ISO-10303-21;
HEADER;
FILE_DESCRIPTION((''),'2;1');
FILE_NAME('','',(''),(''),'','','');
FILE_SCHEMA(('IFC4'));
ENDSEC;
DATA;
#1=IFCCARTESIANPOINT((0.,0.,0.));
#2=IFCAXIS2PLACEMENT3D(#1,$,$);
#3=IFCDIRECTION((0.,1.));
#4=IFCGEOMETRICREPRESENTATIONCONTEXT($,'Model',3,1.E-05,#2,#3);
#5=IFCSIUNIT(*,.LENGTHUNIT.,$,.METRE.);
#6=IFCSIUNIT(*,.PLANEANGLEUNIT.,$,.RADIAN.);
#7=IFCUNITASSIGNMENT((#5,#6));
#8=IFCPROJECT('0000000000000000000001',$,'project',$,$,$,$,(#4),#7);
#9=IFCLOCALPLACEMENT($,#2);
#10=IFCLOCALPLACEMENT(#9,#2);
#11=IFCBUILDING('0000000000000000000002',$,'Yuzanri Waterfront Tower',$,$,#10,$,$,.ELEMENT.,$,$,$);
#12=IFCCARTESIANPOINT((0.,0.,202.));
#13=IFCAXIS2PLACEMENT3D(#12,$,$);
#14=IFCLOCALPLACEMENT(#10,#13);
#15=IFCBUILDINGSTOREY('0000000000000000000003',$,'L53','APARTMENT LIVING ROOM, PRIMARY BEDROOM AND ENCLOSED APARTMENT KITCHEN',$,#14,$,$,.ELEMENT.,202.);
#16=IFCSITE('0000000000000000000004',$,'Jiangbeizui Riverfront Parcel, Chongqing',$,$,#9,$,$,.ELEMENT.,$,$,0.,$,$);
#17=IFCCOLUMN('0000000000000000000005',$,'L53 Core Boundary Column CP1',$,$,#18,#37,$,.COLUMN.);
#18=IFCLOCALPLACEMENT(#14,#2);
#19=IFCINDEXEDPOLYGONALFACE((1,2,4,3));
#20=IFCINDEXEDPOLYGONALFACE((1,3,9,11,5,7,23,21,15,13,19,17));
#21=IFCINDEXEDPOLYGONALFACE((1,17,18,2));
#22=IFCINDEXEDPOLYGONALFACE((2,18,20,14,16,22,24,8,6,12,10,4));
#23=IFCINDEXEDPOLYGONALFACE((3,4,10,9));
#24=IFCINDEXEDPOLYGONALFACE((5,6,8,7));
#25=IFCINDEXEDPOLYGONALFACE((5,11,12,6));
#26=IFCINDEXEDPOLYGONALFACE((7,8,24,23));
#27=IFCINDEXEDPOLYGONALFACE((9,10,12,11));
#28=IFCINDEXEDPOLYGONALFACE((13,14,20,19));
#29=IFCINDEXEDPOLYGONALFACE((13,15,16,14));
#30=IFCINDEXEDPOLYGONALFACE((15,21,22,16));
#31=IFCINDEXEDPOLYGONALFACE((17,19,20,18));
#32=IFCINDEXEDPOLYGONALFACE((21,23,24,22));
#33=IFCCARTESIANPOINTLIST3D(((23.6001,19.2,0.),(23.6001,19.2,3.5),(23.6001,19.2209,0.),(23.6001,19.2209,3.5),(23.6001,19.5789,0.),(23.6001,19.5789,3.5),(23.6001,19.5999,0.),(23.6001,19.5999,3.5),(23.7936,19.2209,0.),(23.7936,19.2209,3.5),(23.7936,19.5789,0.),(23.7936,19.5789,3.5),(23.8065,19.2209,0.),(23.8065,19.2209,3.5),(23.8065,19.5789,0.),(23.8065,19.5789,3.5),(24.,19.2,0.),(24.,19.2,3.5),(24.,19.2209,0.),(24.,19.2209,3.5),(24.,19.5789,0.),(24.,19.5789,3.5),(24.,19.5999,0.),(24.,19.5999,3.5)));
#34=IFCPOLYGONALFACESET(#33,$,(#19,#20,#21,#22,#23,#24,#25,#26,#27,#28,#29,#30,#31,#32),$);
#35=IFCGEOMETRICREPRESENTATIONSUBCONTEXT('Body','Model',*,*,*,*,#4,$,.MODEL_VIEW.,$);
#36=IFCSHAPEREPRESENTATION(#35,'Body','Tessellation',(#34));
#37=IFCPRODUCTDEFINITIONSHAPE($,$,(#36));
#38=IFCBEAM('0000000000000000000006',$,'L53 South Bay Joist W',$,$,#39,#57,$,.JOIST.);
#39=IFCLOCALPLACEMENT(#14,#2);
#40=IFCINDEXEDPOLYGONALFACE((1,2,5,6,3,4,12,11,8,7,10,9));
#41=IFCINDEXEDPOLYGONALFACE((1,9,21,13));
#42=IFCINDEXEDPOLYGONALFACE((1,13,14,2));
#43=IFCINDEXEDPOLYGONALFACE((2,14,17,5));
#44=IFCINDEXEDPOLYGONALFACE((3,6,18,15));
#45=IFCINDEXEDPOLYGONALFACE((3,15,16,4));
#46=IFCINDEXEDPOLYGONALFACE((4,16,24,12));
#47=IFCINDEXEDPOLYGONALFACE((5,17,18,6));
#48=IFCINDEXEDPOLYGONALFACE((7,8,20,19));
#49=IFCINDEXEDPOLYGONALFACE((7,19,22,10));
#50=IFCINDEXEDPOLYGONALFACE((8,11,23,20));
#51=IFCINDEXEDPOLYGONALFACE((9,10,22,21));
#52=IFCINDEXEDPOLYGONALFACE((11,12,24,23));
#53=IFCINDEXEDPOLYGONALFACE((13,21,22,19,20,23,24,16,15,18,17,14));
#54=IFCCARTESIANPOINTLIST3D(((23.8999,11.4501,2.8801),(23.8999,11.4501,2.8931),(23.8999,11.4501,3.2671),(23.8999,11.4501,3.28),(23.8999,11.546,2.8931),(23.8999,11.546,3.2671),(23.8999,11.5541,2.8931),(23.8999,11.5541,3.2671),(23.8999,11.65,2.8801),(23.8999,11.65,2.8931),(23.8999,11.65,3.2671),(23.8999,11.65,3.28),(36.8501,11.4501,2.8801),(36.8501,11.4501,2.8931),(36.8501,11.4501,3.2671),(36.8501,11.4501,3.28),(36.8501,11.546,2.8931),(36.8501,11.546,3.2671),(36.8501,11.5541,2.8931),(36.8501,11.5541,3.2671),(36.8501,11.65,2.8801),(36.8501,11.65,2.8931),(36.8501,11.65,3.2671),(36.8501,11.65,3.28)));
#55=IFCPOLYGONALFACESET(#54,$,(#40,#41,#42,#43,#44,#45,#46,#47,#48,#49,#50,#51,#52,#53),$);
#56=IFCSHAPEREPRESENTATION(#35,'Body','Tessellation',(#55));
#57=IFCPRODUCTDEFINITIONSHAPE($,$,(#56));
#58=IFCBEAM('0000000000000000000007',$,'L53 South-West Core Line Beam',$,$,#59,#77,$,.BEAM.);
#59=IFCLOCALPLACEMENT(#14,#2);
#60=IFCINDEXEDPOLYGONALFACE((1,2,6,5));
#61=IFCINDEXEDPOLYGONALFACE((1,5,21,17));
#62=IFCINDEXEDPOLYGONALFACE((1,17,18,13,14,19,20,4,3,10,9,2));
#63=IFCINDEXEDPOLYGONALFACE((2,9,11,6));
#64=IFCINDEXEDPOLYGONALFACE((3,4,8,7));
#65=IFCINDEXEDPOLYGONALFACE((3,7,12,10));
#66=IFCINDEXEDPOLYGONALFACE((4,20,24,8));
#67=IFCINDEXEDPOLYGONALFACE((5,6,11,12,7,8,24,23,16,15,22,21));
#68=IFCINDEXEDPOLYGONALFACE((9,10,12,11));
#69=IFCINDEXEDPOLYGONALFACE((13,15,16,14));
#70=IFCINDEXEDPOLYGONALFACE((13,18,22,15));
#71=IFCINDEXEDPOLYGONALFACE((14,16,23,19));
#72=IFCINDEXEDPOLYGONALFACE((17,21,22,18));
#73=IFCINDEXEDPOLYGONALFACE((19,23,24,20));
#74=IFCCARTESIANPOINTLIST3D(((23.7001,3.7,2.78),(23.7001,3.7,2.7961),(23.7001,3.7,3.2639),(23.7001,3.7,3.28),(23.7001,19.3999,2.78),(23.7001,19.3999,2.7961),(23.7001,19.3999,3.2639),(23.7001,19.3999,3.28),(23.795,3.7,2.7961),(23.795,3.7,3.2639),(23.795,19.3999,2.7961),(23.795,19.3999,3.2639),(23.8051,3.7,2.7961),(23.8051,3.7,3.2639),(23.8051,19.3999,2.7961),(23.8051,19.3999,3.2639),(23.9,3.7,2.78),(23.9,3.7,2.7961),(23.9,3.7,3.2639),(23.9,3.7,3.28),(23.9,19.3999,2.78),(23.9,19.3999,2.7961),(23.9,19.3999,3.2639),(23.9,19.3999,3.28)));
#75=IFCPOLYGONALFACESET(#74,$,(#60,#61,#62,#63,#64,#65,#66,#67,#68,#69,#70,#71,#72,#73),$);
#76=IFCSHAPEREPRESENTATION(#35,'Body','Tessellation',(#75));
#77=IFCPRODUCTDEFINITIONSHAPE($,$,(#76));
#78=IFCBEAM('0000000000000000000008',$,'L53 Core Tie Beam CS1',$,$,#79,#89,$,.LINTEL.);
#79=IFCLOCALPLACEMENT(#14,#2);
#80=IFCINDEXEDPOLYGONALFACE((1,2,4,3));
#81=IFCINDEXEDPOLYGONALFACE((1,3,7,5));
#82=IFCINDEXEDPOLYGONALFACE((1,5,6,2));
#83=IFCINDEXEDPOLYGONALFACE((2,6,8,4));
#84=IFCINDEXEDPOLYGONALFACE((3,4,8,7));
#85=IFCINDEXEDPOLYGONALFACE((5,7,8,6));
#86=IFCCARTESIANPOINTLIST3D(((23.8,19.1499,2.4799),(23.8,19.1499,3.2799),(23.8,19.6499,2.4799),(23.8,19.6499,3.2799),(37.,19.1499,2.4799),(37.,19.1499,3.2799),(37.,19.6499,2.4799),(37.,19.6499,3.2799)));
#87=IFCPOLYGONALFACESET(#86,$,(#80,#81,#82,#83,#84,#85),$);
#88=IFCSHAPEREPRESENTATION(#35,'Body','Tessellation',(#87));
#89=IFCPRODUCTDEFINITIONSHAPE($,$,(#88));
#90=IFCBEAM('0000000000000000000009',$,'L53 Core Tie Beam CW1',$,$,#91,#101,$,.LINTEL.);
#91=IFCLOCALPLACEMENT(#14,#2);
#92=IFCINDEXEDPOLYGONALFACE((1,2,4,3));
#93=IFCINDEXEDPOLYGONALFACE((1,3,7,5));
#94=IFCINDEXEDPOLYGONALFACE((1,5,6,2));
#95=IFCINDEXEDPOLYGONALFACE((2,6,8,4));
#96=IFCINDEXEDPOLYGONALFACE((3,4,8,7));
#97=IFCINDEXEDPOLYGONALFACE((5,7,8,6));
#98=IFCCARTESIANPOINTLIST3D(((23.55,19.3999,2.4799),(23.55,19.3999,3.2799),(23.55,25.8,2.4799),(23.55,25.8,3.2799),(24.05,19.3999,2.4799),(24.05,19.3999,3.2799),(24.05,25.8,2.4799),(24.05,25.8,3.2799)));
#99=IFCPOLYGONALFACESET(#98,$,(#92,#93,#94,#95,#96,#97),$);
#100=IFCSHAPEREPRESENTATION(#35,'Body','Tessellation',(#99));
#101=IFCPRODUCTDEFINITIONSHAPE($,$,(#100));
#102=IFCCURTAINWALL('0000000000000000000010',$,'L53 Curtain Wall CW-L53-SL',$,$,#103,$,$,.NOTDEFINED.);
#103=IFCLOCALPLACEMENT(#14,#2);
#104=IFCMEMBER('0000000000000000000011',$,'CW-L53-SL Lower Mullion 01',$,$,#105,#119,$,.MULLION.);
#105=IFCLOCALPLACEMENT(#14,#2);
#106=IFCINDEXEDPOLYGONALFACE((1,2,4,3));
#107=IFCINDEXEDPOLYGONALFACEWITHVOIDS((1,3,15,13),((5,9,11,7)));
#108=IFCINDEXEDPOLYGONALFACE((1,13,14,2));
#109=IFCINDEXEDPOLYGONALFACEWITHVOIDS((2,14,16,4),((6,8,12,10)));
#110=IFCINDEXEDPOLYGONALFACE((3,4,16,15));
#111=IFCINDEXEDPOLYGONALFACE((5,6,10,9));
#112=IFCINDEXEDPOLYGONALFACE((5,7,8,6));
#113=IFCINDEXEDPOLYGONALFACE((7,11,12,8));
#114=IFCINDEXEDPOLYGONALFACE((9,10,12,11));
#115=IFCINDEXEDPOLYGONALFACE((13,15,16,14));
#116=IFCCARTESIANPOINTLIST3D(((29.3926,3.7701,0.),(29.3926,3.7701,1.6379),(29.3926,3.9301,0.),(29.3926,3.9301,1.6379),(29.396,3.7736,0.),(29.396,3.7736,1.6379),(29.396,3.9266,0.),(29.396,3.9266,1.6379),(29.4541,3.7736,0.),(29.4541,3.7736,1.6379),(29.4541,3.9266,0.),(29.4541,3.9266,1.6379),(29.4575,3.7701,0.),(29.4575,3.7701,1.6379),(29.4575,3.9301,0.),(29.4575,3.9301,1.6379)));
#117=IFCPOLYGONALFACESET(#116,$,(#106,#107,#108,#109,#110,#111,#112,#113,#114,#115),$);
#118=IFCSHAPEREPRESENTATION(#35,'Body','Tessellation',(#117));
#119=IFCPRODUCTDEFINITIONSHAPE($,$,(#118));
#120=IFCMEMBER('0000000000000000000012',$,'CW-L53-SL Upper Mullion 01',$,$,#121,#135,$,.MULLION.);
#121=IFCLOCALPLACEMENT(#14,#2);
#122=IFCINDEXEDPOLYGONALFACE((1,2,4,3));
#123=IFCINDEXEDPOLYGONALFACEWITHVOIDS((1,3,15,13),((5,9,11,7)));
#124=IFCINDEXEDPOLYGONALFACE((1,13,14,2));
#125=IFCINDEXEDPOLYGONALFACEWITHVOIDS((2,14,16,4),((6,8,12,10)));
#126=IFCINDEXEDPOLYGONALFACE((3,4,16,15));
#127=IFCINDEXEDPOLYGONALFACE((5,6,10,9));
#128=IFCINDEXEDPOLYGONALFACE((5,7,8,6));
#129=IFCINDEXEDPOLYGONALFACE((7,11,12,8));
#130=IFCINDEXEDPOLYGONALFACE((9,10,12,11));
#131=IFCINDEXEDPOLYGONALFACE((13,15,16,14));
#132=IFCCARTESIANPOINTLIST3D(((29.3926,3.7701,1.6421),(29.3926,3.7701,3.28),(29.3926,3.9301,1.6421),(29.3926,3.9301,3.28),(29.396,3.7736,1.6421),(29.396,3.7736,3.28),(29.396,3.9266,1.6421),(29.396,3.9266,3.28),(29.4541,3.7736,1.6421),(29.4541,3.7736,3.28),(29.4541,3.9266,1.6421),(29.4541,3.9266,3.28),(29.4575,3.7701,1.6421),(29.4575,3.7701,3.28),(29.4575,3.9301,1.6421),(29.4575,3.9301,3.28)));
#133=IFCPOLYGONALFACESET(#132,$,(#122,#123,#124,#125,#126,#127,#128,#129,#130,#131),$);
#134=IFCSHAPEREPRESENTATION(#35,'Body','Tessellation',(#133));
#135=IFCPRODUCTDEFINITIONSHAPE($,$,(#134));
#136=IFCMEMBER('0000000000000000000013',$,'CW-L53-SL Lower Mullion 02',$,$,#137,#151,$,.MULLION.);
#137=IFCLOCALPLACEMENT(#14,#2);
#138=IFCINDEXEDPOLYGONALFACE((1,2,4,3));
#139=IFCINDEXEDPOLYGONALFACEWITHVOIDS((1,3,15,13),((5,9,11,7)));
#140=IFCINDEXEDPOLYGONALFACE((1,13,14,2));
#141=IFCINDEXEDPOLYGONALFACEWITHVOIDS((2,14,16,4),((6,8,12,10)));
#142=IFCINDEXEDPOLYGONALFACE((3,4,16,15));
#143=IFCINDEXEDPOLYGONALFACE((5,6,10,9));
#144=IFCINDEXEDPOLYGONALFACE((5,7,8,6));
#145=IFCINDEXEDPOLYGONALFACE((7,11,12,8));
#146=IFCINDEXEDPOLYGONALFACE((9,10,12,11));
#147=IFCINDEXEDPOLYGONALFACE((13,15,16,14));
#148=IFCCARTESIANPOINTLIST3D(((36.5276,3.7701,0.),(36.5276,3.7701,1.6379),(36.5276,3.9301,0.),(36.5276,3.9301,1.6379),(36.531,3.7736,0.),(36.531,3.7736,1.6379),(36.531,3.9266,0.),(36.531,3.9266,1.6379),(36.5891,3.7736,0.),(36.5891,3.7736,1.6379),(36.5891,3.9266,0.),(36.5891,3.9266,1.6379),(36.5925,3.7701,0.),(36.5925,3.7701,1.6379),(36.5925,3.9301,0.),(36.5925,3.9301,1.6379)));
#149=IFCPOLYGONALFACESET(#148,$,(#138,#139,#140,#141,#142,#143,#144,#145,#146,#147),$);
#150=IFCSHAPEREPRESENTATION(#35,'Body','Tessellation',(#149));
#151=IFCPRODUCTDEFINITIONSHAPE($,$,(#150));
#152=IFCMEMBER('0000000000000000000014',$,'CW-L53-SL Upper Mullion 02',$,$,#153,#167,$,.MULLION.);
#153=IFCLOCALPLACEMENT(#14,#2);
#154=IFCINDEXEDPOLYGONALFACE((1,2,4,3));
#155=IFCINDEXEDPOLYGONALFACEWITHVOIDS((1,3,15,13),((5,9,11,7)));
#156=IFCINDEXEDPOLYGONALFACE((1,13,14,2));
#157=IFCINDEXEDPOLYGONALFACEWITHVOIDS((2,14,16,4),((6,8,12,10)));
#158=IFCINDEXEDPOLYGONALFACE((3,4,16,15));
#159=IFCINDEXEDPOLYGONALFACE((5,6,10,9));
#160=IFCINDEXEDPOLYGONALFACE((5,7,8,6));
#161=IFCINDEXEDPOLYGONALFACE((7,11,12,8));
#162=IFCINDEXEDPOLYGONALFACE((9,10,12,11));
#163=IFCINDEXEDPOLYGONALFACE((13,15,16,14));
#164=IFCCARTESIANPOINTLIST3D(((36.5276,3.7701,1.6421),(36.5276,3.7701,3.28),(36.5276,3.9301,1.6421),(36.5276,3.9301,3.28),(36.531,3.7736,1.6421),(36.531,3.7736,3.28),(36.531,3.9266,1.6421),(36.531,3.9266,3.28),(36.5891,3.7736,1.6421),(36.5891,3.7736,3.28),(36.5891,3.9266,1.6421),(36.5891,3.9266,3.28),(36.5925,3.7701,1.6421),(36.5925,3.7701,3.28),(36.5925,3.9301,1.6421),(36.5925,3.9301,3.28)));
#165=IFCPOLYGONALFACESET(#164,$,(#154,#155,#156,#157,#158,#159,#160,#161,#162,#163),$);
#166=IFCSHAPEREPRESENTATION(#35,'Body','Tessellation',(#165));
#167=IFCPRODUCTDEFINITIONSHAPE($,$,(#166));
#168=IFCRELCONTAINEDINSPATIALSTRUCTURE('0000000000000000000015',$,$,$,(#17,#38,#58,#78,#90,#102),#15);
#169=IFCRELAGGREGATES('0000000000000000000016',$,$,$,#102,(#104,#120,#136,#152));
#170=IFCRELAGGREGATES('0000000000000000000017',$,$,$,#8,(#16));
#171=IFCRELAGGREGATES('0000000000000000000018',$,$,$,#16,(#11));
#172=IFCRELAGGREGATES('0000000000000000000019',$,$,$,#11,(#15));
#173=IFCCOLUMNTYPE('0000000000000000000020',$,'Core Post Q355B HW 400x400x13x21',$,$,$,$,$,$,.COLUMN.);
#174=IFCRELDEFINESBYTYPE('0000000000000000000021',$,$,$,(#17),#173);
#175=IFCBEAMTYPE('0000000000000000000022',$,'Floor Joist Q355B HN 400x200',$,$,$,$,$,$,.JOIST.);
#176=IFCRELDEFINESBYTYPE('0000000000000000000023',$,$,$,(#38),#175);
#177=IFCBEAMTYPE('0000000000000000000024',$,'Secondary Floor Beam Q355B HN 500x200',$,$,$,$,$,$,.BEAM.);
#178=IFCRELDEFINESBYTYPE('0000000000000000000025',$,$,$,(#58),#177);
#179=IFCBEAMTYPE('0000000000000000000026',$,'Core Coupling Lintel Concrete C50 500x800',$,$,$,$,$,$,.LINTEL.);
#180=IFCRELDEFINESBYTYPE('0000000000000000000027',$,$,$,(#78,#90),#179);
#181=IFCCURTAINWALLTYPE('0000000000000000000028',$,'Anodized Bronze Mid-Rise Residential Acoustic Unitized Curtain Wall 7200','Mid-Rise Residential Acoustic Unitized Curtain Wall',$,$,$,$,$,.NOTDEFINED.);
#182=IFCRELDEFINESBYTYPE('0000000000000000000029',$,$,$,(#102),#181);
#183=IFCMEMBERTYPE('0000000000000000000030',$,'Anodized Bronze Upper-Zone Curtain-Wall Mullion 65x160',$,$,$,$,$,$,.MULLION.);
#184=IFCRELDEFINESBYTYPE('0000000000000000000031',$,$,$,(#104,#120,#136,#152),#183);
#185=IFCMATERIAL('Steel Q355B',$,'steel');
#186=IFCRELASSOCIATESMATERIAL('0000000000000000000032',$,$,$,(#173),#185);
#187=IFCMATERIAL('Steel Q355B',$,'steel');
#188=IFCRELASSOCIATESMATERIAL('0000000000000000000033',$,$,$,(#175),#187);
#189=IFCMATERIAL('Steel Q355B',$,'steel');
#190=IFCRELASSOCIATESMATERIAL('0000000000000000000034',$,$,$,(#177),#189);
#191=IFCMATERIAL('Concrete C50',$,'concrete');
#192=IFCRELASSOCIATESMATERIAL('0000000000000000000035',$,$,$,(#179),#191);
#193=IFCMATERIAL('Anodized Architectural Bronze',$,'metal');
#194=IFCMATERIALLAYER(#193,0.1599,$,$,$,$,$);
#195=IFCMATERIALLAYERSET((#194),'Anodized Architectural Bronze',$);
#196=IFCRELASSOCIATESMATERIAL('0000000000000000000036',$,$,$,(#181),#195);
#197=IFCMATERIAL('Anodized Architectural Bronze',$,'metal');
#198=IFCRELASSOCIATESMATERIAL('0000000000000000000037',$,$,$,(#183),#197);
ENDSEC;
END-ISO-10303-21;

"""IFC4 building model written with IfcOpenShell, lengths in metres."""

from ifc_helpers import new_model, si_unit, direction, frame, origin, origin_2d, place, context, subcontext, project, spatial, rectangle, hollow_rectangle, i_section, extrude, source, transform, mapped, material, layer, layer_set, material_profile, profile_set, type_object, element, aggregate, save


model = new_model("IFC4")

# Units and contexts
model_context = context("Model", 3, precision=1e-05, world=origin(), true_north=direction((0.0, 1.0)))
body_context = subcontext(model_context, "Body", "Model", "MODEL_VIEW")
ifc_project = project(units=[si_unit("LENGTHUNIT", "METRE"), si_unit("PLANEANGLEUNIT", "RADIAN")], contexts=[model_context])

# Site, building, storey
site_placement = place(None, origin())
site = spatial("IfcSite", under=ifc_project, at=site_placement, Name="Jiangbeizui Riverfront Parcel, Chongqing", CompositionType="ELEMENT", RefElevation=0.0)
building_placement = place(site_placement, origin())
building = spatial("IfcBuilding", under=site, at=building_placement, Name="Yuzanri Waterfront Tower", CompositionType="ELEMENT")
storey_placement = place(building_placement, frame((0.0, 0.0, 202.0)))
storey = spatial("IfcBuildingStorey", under=building, at=storey_placement, Name="L53", Description="APARTMENT LIVING ROOM, PRIMARY BEDROOM AND ENCLOSED APARTMENT KITCHEN", CompositionType="ELEMENT", Elevation=202.0)

# Column
ifc_material_1 = material(Name="Steel Q355B", Category="steel")
ifc_material_profile_1 = material_profile(ifc_material_1, i_section(OverallWidth=0.3999, OverallDepth=0.3999, WebThickness=0.0129, FlangeThickness=0.021, at=origin_2d()), Name="HW 400x400x13x21")
ifc_profile_set_1 = profile_set([ifc_material_profile_1], Name="Steel Q355B")
column_type = type_object("IfcColumnType", Name="Core Post Q355B HW 400x400x13x21", PredefinedType="COLUMN", material=ifc_profile_set_1)
shared_shape_1 = source(origin(), body_context, "Body", "SweptSolid", [
    extrude(i_section(OverallWidth=0.3999, OverallDepth=0.3999, WebThickness=0.0129, FlangeThickness=0.021, at=origin_2d()), origin(), (0.0, 0.0, 1.0), 3.5),
])
column_placement = place(storey_placement, frame((23.8, 19.3999, 0.0), z_axis=(0.0, 0.0, 1.0), x_axis=(1.0, 0.0, 0.0)))
element("IfcColumn", 1, at=column_placement, inside=storey, type_object=column_type, Name="L53 Core Boundary Column CP1", PredefinedType="COLUMN", context=body_context, shape_type="MappedRepresentation", body=[
    mapped(shared_shape_1, transform((0.0, 0.0, 0.0), scale=1.0)),
])

# Beams
ifc_material_2 = material(Name="Steel Q355B", Category="steel")
ifc_material_profile_2 = material_profile(ifc_material_2, i_section(OverallWidth=0.2, OverallDepth=0.3999, WebThickness=0.0081, FlangeThickness=0.0129, at=origin_2d()), Name="HN 400x200x8x13")
ifc_profile_set_2 = profile_set([ifc_material_profile_2], Name="Steel Q355B")
beam_type_1 = type_object("IfcBeamType", Name="Floor Joist Q355B HN 400x200", PredefinedType="JOIST", material=ifc_profile_set_2)
shared_shape_2 = source(origin(), body_context, "Body", "SweptSolid", [
    extrude(i_section(OverallWidth=0.2, OverallDepth=0.3999, WebThickness=0.0081, FlangeThickness=0.0129, at=origin_2d()), origin(), (0.0, 0.0, 1.0), 12.9502),
])
beam_1_placement = place(storey_placement, frame((23.8999, 11.55, 3.0801), z_axis=(1.0, 0.0, 0.0), x_axis=(0.0, 1.0, 0.0)))
element("IfcBeam", 2, at=beam_1_placement, inside=storey, type_object=beam_type_1, Name="L53 South Bay Joist W", PredefinedType="JOIST", context=body_context, shape_type="MappedRepresentation", body=[
    mapped(shared_shape_2, transform((0.0, 0.0, 0.0), scale=1.0)),
])
ifc_material_3 = material(Name="Steel Q355B", Category="steel")
ifc_material_profile_3 = material_profile(ifc_material_3, i_section(OverallWidth=0.2, OverallDepth=0.5, WebThickness=0.01, FlangeThickness=0.0161, at=origin_2d()), Name="HN 500x200x10x16")
ifc_profile_set_3 = profile_set([ifc_material_profile_3], Name="Steel Q355B")
beam_type_2 = type_object("IfcBeamType", Name="Secondary Floor Beam Q355B HN 500x200", PredefinedType="BEAM", material=ifc_profile_set_3)
shared_shape_3 = source(origin(), body_context, "Body", "SweptSolid", [
    extrude(i_section(OverallWidth=0.2, OverallDepth=0.5, WebThickness=0.01, FlangeThickness=0.0161, at=origin_2d()), origin(), (0.0, 0.0, 1.0), 15.7),
])
beam_2_placement = place(storey_placement, frame((23.8, 19.3999, 3.03), z_axis=(0.0, -1.0, 0.0), x_axis=(1.0, 0.0, 0.0)))
element("IfcBeam", 3, at=beam_2_placement, inside=storey, type_object=beam_type_2, Name="L53 South-West Core Line Beam", PredefinedType="BEAM", context=body_context, shape_type="MappedRepresentation", body=[
    mapped(shared_shape_3, transform((0.0, 0.0, 0.0), scale=1.0)),
])
ifc_material_4 = material(Name="Concrete C50", Category="concrete")
ifc_material_profile_4 = material_profile(ifc_material_4, rectangle(XDim=0.5, YDim=0.8, at=origin_2d()), Name="RC 500x800")
ifc_profile_set_4 = profile_set([ifc_material_profile_4], Name="Concrete C50")
beam_type_3 = type_object("IfcBeamType", Name="Core Coupling Lintel Concrete C50 500x800", PredefinedType="LINTEL", material=ifc_profile_set_4)
shared_shape_4 = source(origin(), body_context, "Body", "SweptSolid", [
    extrude(rectangle(XDim=0.5, YDim=0.8, at=origin_2d()), origin(), (0.0, 0.0, 1.0), 13.2),
])
beam_3_placement = place(storey_placement, frame((23.8, 19.3999, 2.8799), z_axis=(1.0, 0.0, 0.0), x_axis=(0.0, 1.0, 0.0)))
element("IfcBeam", 4, at=beam_3_placement, inside=storey, type_object=beam_type_3, Name="L53 Core Tie Beam CS1", PredefinedType="LINTEL", context=body_context, shape_type="MappedRepresentation", body=[
    mapped(shared_shape_4, transform((0.0, 0.0, 0.0), scale=1.0)),
])
shared_shape_5 = source(origin(), body_context, "Body", "SweptSolid", [
    extrude(rectangle(XDim=0.5, YDim=0.8, at=origin_2d()), origin(), (0.0, 0.0, 1.0), 6.4001),
])
beam_4_placement = place(storey_placement, frame((23.8, 19.3999, 2.8799), z_axis=(0.0, 1.0, 0.0), x_axis=(-1.0, 0.0, 0.0)))
element("IfcBeam", 5, at=beam_4_placement, inside=storey, type_object=beam_type_3, Name="L53 Core Tie Beam CW1", PredefinedType="LINTEL", context=body_context, shape_type="MappedRepresentation", body=[
    mapped(shared_shape_5, transform((0.0, 0.0, 0.0), scale=1.0)),
])

# Curtain wall, members
ifc_material_5 = material(Name="Anodized Architectural Bronze", Category="metal")
ifc_layer_1 = layer(ifc_material_5, 0.1599)
ifc_layer_set_1 = layer_set([ifc_layer_1], Name="Anodized Architectural Bronze")
curtain_wall_type = type_object("IfcCurtainWallType", Name="Anodized Bronze Mid-Rise Residential Acoustic Unitized Curtain Wall 7200", Description="Mid-Rise Residential Acoustic Unitized Curtain Wall", PredefinedType="NOTDEFINED", material=ifc_layer_set_1)
curtain_wall_placement = place(storey_placement, origin())
curtain_wall = element("IfcCurtainWall", 6, at=curtain_wall_placement, inside=storey, type_object=curtain_wall_type, Name="L53 Curtain Wall CW-L53-SL", PredefinedType="NOTDEFINED")
ifc_material_6 = material(Name="Anodized Architectural Bronze", Category="metal")
ifc_material_profile_5 = material_profile(ifc_material_6, hollow_rectangle(XDim=0.0649, YDim=0.1599, WallThickness=0.0034, at=origin_2d()), Name="CWM 65x160")
ifc_profile_set_5 = profile_set([ifc_material_profile_5], Name="Anodized Architectural Bronze")
member_type = type_object("IfcMemberType", Name="Anodized Bronze Upper-Zone Curtain-Wall Mullion 65x160", PredefinedType="MULLION", material=ifc_profile_set_5)
shared_shape_6 = source(origin(), body_context, "Body", "SweptSolid", [
    extrude(hollow_rectangle(XDim=0.0649, YDim=0.1599, WallThickness=0.0034, at=origin_2d()), origin(), (0.0, 0.0, 1.0), 1.6379),
])
member_1_placement = place(storey_placement, frame((29.425, 3.8501, 0.0), z_axis=(0.0, 0.0, 1.0), x_axis=(1.0, 0.0, 0.0)))
member_1 = element("IfcMember", 7, at=member_1_placement, type_object=member_type, Name="CW-L53-SL Lower Mullion 01", PredefinedType="MULLION", context=body_context, shape_type="MappedRepresentation", body=[
    mapped(shared_shape_6, transform((0.0, 0.0, 0.0), scale=1.0)),
])
member_2_placement = place(storey_placement, frame((29.425, 3.8501, 1.6421), z_axis=(0.0, 0.0, 1.0), x_axis=(1.0, 0.0, 0.0)))
member_2 = element("IfcMember", 8, at=member_2_placement, type_object=member_type, Name="CW-L53-SL Upper Mullion 01", PredefinedType="MULLION", context=body_context, shape_type="MappedRepresentation", body=[
    mapped(shared_shape_6, transform((0.0, 0.0, 0.0), scale=1.0)),
])
member_3_placement = place(storey_placement, frame((36.5601, 3.8501, 0.0), z_axis=(0.0, 0.0, 1.0), x_axis=(1.0, 0.0, 0.0)))
member_3 = element("IfcMember", 9, at=member_3_placement, type_object=member_type, Name="CW-L53-SL Lower Mullion 02", PredefinedType="MULLION", context=body_context, shape_type="MappedRepresentation", body=[
    mapped(shared_shape_6, transform((0.0, 0.0, 0.0), scale=1.0)),
])
member_4_placement = place(storey_placement, frame((36.5601, 3.8501, 1.6421), z_axis=(0.0, 0.0, 1.0), x_axis=(1.0, 0.0, 0.0)))
member_4 = element("IfcMember", 10, at=member_4_placement, type_object=member_type, Name="CW-L53-SL Upper Mullion 02", PredefinedType="MULLION", context=body_context, shape_type="MappedRepresentation", body=[
    mapped(shared_shape_6, transform((0.0, 0.0, 0.0), scale=1.0)),
])
aggregate(curtain_wall, [member_1, member_2, member_3, member_4])

save(model, "model.ifc")
